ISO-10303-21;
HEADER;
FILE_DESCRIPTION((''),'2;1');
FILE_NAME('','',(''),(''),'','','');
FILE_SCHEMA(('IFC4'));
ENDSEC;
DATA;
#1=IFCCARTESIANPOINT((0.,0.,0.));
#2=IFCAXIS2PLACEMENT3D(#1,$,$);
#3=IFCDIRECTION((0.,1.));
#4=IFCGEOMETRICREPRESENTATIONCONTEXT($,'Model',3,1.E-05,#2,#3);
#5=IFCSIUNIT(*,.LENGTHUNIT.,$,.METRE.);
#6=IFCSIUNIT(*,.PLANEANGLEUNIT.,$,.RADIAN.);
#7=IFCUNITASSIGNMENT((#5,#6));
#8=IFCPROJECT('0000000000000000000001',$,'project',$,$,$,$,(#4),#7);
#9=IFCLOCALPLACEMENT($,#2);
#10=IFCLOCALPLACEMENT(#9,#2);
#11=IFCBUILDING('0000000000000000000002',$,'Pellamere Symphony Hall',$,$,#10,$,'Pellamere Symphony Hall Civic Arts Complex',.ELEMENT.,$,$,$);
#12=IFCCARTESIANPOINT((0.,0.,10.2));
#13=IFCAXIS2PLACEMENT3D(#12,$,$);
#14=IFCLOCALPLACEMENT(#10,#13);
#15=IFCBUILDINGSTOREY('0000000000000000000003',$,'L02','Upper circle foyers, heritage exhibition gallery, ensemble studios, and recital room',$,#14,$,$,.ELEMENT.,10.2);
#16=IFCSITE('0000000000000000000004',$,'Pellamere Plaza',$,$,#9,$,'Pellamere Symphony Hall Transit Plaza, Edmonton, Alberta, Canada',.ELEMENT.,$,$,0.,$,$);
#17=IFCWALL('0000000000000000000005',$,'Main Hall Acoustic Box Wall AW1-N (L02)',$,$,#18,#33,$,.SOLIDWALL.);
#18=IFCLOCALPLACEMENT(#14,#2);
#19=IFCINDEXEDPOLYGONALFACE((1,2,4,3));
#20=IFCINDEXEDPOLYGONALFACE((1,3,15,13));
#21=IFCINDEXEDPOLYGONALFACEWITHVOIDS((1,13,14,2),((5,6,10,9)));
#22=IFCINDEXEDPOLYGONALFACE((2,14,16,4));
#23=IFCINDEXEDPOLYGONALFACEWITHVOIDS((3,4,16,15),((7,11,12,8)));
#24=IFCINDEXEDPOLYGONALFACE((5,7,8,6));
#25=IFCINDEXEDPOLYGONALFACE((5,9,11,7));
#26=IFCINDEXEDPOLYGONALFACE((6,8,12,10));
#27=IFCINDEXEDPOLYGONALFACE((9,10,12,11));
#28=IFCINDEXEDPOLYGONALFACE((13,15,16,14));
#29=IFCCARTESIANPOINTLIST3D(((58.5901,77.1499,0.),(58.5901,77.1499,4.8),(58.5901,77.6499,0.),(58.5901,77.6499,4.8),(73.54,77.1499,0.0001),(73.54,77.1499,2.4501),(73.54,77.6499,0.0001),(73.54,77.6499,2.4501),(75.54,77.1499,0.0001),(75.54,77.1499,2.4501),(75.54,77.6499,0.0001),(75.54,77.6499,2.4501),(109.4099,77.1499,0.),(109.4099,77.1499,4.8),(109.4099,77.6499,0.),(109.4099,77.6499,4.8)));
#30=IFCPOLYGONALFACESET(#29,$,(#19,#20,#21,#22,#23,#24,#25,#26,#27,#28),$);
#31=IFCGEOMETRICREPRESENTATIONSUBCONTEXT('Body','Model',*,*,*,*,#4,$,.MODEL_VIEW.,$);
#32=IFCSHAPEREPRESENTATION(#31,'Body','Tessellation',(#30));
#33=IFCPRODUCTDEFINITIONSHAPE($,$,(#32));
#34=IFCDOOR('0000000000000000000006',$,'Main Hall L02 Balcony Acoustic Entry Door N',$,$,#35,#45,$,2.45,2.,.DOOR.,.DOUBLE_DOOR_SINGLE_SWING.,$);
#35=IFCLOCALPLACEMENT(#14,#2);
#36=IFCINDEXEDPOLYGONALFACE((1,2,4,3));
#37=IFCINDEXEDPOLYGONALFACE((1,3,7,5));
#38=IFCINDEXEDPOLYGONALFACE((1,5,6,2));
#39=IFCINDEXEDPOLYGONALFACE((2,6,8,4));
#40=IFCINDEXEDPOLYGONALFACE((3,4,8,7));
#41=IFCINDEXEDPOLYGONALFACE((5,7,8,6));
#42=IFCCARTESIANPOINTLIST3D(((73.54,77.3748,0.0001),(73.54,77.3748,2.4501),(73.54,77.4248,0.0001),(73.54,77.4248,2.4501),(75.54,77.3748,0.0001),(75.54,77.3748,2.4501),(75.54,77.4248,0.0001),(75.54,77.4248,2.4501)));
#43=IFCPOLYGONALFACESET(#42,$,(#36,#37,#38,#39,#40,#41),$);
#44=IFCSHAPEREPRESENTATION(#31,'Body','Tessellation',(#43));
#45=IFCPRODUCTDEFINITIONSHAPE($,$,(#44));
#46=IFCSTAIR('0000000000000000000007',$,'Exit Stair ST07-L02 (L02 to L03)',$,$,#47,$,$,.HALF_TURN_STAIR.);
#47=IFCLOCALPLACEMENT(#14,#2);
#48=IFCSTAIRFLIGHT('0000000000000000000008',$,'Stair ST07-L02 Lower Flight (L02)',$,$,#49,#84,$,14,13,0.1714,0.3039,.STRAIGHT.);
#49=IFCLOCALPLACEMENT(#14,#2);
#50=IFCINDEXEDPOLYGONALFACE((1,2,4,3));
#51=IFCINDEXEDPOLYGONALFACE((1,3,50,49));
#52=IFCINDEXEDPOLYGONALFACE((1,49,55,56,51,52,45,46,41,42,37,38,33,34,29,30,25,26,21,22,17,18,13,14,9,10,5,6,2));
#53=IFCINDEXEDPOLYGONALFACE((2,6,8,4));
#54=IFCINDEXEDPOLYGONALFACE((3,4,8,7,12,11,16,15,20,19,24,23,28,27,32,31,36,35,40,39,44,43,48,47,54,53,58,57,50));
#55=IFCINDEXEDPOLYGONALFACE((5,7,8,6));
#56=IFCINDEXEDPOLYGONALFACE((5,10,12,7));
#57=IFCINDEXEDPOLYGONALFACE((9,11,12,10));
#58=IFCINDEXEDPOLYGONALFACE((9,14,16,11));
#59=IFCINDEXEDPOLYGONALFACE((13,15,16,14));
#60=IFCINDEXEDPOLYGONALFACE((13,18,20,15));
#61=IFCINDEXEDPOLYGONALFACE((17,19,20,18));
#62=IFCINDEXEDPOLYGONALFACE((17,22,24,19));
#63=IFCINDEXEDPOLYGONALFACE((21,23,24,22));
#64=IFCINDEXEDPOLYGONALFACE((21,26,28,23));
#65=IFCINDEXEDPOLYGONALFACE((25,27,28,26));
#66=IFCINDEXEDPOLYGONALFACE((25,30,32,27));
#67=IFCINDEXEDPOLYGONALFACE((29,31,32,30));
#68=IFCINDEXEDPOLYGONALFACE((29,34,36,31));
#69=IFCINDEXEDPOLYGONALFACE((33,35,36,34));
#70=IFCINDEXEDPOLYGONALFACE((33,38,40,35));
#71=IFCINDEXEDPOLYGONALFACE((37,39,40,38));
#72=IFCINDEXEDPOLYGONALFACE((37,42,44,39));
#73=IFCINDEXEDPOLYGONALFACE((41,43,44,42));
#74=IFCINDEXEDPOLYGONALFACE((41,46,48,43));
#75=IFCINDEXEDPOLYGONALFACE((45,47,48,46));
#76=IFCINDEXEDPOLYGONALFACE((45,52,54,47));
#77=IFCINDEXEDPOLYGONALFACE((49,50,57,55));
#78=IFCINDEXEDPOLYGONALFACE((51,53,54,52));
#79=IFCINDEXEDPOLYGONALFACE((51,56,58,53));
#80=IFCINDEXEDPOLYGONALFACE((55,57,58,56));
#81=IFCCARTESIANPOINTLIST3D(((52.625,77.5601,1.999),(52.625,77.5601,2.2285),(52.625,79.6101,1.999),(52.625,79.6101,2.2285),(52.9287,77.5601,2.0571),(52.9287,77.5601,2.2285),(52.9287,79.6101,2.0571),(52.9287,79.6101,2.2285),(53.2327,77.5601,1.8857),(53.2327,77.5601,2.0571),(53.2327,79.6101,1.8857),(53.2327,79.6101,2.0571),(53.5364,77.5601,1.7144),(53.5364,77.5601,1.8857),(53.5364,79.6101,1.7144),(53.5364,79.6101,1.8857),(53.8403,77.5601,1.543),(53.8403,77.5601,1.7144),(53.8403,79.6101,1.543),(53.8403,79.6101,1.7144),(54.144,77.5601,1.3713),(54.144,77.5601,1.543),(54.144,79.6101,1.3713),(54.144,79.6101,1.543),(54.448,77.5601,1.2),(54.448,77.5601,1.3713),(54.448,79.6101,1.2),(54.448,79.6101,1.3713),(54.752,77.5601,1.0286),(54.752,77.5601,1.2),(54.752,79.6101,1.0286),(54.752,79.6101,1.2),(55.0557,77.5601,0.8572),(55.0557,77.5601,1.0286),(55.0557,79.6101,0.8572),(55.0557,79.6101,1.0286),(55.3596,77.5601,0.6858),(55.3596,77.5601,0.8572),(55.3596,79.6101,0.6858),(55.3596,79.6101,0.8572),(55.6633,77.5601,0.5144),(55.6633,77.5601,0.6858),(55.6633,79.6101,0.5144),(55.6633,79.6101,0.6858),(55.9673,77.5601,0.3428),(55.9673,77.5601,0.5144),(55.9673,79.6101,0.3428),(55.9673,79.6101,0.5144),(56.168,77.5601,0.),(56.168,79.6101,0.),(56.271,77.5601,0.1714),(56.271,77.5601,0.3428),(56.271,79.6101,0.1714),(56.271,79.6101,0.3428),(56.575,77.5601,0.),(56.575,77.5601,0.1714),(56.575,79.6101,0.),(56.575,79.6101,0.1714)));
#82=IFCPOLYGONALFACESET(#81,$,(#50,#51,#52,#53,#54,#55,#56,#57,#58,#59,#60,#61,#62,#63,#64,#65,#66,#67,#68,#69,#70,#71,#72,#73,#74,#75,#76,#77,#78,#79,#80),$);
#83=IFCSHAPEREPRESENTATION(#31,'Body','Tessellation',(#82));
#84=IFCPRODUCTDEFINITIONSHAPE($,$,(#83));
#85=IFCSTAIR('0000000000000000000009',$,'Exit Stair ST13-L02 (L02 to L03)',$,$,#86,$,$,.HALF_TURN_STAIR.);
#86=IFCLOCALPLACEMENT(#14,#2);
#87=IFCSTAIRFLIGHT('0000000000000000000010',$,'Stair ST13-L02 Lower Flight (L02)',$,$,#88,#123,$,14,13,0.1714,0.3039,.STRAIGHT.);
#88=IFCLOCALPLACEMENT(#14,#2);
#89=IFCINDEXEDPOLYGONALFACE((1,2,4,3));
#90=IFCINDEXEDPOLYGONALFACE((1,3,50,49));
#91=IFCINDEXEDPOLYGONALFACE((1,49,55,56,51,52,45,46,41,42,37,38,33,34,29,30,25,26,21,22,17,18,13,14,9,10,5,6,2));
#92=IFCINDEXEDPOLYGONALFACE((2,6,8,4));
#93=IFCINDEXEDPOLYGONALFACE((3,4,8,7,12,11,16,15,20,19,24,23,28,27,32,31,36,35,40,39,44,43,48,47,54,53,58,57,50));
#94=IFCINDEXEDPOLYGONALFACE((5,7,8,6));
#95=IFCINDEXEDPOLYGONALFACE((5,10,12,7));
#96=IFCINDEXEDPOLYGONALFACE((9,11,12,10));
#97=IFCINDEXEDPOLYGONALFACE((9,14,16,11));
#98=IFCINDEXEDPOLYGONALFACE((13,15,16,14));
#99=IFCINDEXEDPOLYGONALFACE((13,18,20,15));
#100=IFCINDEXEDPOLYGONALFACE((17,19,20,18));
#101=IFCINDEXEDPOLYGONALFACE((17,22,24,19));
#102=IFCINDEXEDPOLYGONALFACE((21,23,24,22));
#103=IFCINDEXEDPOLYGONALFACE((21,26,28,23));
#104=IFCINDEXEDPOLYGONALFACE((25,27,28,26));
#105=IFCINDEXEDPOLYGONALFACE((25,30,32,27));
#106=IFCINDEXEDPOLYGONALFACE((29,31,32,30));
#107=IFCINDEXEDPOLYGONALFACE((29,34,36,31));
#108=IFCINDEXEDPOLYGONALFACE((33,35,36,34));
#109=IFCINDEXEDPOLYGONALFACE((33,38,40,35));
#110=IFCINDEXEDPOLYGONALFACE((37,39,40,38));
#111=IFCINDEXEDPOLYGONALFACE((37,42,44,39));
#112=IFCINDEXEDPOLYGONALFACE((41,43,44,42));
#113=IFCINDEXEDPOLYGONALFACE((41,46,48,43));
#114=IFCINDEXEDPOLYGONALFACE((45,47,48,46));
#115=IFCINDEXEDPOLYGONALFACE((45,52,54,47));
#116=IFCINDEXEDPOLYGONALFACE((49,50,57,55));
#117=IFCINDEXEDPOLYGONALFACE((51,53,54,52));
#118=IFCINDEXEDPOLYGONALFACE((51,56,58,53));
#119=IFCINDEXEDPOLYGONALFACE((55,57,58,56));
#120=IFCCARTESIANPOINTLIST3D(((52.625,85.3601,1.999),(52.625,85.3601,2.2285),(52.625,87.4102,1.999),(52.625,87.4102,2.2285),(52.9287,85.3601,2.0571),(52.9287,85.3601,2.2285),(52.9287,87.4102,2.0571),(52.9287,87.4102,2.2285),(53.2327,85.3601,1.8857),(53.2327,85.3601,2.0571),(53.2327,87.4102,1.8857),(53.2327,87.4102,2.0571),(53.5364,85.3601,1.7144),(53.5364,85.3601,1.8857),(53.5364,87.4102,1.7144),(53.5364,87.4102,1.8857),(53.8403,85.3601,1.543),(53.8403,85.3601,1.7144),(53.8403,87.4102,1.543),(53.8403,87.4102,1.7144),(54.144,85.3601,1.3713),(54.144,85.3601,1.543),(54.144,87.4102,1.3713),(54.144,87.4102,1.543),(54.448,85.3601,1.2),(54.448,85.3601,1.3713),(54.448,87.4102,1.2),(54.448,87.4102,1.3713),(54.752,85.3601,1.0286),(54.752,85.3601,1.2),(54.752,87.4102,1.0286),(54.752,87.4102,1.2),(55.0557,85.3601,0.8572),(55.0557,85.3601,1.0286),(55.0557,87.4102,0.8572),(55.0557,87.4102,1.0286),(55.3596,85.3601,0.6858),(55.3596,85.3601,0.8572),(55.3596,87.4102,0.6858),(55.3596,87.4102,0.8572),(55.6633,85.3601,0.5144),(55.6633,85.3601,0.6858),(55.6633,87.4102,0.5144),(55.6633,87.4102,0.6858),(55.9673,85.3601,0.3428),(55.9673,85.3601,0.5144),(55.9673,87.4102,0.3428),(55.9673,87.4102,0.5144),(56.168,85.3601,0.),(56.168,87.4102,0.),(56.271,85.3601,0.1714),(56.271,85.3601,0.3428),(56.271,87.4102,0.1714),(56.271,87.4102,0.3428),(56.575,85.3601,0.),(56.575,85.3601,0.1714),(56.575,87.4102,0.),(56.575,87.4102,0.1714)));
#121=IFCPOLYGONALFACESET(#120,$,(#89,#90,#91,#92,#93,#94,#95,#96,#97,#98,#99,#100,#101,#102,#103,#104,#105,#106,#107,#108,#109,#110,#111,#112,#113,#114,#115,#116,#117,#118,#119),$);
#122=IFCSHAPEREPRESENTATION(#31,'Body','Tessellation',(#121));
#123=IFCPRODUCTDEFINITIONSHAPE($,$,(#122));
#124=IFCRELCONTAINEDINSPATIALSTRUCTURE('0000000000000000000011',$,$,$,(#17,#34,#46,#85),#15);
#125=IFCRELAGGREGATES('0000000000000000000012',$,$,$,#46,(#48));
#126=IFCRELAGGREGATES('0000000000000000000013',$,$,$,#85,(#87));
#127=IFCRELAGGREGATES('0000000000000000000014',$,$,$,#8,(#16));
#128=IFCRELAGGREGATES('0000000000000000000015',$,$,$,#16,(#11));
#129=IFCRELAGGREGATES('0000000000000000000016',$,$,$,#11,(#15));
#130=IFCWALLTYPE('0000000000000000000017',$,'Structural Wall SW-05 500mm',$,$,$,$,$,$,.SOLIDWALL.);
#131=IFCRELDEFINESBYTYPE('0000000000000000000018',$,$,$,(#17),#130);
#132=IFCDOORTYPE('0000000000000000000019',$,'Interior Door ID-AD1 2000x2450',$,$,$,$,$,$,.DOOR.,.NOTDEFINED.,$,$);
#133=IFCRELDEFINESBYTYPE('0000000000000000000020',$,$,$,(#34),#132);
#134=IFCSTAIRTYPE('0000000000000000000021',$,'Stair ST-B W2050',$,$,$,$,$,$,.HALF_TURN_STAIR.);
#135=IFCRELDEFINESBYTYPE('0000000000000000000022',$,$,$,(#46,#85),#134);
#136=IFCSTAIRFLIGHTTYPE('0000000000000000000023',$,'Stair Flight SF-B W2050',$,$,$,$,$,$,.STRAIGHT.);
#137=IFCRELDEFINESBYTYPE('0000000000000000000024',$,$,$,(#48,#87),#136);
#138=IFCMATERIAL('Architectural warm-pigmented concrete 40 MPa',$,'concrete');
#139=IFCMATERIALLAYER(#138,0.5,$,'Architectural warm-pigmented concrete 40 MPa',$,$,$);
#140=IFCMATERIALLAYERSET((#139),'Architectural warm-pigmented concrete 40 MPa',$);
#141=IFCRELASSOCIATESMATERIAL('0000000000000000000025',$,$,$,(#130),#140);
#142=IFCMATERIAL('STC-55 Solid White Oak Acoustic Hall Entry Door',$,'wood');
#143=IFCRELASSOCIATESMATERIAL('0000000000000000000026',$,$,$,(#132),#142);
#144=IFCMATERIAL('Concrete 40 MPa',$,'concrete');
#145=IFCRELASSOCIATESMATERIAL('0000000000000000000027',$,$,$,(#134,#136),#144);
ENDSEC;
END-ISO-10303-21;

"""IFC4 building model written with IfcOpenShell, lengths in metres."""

from ifc_helpers import new_model, si_unit, direction, frame, frame_2d, origin, place, context, subcontext, project, spatial, polyline, rectangle, outline, extrude, material, layer, layer_set, type_object, element, fill, aggregate, save


model = new_model("IFC4")

# Units and contexts
model_context = context("Model", 3, precision=1e-05, world=origin(), true_north=direction((0.0, 1.0)))
body_context = subcontext(model_context, "Body", "Model", "MODEL_VIEW")
ifc_project = project(units=[si_unit("LENGTHUNIT", "METRE"), si_unit("PLANEANGLEUNIT", "RADIAN")], contexts=[model_context])

# Site, building, storey
site_placement = place(None, origin())
site = spatial("IfcSite", under=ifc_project, at=site_placement, Name="Pellamere Plaza", LongName="Pellamere Symphony Hall Transit Plaza, Edmonton, Alberta, Canada", CompositionType="ELEMENT", RefElevation=0.0)
building_placement = place(site_placement, origin())
building = spatial("IfcBuilding", under=site, at=building_placement, Name="Pellamere Symphony Hall", LongName="Pellamere Symphony Hall Civic Arts Complex", CompositionType="ELEMENT")
storey_placement = place(building_placement, frame((0.0, 0.0, 10.2)))
storey = spatial("IfcBuildingStorey", under=building, at=storey_placement, Name="L02", Description="Upper circle foyers, heritage exhibition gallery, ensemble studios, and recital room", CompositionType="ELEMENT", Elevation=10.2)

# Shared definitions
ifc_material_1 = material(Name="Concrete 40 MPa", Category="concrete")

# Wall, opening, door
ifc_material_2 = material(Name="Architectural warm-pigmented concrete 40 MPa", Category="concrete")
ifc_layer_1 = layer(ifc_material_2, 0.5, Name="Architectural warm-pigmented concrete 40 MPa")
ifc_layer_set_1 = layer_set([ifc_layer_1], Name="Architectural warm-pigmented concrete 40 MPa")
wall_type_1 = type_object("IfcWallType", Name="Structural Wall SW-05 500mm", PredefinedType="SOLIDWALL", material=ifc_layer_set_1)
wall_1_placement = place(storey_placement, frame((58.5901, 77.3999, 0.0), z_axis=(0.0, 0.0, 1.0), x_axis=(1.0, 0.0, 0.0)))
wall_1 = element("IfcWall", 1, at=wall_1_placement, inside=storey, type_object=wall_type_1, Name="Main Hall Acoustic Box Wall AW1-N (L02)", PredefinedType="SOLIDWALL", context=body_context, shape_type="SweptSolid", body=[
    extrude(rectangle(XDim=50.8198, YDim=0.5, at=frame_2d((25.4099, 0.0))), origin(), (0.0, 0.0, 1.0), 4.8),
])
opening_1_placement = place(wall_1_placement, frame((14.95, 0.0, 0.0)))
opening_1 = element("IfcOpeningElement", 2, at=opening_1_placement, cuts=wall_1, PredefinedType="OPENING", context=body_context, shape_type="SweptSolid", body=[
    extrude(rectangle(XDim=2.0, YDim=2.45, at=frame_2d((1.0, 1.2251))), frame((0.0, 0.26, 0.0), z_axis=(0.0, -1.0, 0.0), x_axis=(1.0, 0.0, 0.0)), (0.0, 0.0, 1.0), 0.52),
])
ifc_material_3 = material(Name="STC-55 Solid White Oak Acoustic Hall Entry Door", Category="wood")
door_type_1 = type_object("IfcDoorType", Name="Interior Door ID-AD1 2000x2450", OperationType="NOTDEFINED", PredefinedType="DOOR", material=ifc_material_3)
door_1_placement = place(opening_1_placement, origin())
door_1 = element("IfcDoor", 3, at=door_1_placement, inside=storey, type_object=door_type_1, Name="Main Hall L02 Balcony Acoustic Entry Door N", OperationType="DOUBLE_DOOR_SINGLE_SWING", OverallHeight=2.45, OverallWidth=2.0, PredefinedType="DOOR", context=body_context, shape_type="SweptSolid", body=[
    extrude(rectangle(XDim=2.0, YDim=2.45, at=frame_2d((1.0, 1.2251))), frame((0.0, 0.0249, 0.0), z_axis=(0.0, -1.0, 0.0), x_axis=(1.0, 0.0, 0.0)), (0.0, 0.0, 1.0), 0.05),
])
fill(opening_1, door_1)

# Stairs, stair flights
stair_type = type_object("IfcStairType", Name="Stair ST-B W2050", PredefinedType="HALF_TURN_STAIR", material=ifc_material_1)
stair_1_placement = place(storey_placement, origin())
stair_1 = element("IfcStair", 4, at=stair_1_placement, inside=storey, type_object=stair_type, Name="Exit Stair ST07-L02 (L02 to L03)", PredefinedType="HALF_TURN_STAIR")
stair_flight_type = type_object("IfcStairFlightType", Name="Stair Flight SF-B W2050", PredefinedType="STRAIGHT", material=ifc_material_1)
stair_flight_1_placement = place(storey_placement, frame((56.575, 78.585, 0.0), z_axis=(0.0, 0.0, 1.0), x_axis=(-1.0, 0.0, 0.0)))
stair_flight_1 = element("IfcStairFlight", 5, at=stair_flight_1_placement, type_object=stair_flight_type, Name="Stair ST07-L02 Lower Flight (L02)", NumberOfRisers=14, NumberOfTreads=13, PredefinedType="STRAIGHT", RiserHeight=0.1714, TreadLength=0.3039, context=body_context, shape_type="SweptSolid", body=[
    extrude(outline(polyline([(0.0, 0.0), (0.0, 0.1714), (0.304, 0.1714), (0.304, 0.3428), (0.6077, 0.3428), (0.6077, 0.5144), (0.9116, 0.5144), (0.9116, 0.6858), (1.2153, 0.6858), (1.2153, 0.8572), (1.5193, 0.8572), (1.5193, 1.0286), (1.823, 1.0286), (1.823, 1.2), (2.127, 1.2), (2.127, 1.3713), (2.4309, 1.3713), (2.4309, 1.543), (2.7346, 1.543), (2.7346, 1.7144), (3.0386, 1.7144), (3.0386, 1.8857), (3.3423, 1.8857), (3.3423, 2.0571), (3.6462, 2.0571), (3.6462, 2.2285), (3.95, 2.2285), (3.95, 2.3999), (3.95, 1.999), (0.407, 0.0), (0.0, 0.0)])), frame((0.0, 1.0249, 0.0), z_axis=(0.0, -1.0, 0.0), x_axis=(1.0, 0.0, 0.0)), (0.0, 0.0, 1.0), 2.05),
])
aggregate(stair_1, [stair_flight_1])
stair_2_placement = place(storey_placement, origin())
stair_2 = element("IfcStair", 6, at=stair_2_placement, inside=storey, type_object=stair_type, Name="Exit Stair ST13-L02 (L02 to L03)", PredefinedType="HALF_TURN_STAIR")
stair_flight_2_placement = place(storey_placement, frame((56.575, 86.385, 0.0), z_axis=(0.0, 0.0, 1.0), x_axis=(-1.0, 0.0, 0.0)))
stair_flight_2 = element("IfcStairFlight", 7, at=stair_flight_2_placement, type_object=stair_flight_type, Name="Stair ST13-L02 Lower Flight (L02)", NumberOfRisers=14, NumberOfTreads=13, PredefinedType="STRAIGHT", RiserHeight=0.1714, TreadLength=0.3039, context=body_context, shape_type="SweptSolid", body=[
    extrude(outline(polyline([(0.0, 0.0), (0.0, 0.1714), (0.304, 0.1714), (0.304, 0.3428), (0.6077, 0.3428), (0.6077, 0.5144), (0.9116, 0.5144), (0.9116, 0.6858), (1.2153, 0.6858), (1.2153, 0.8572), (1.5193, 0.8572), (1.5193, 1.0286), (1.823, 1.0286), (1.823, 1.2), (2.127, 1.2), (2.127, 1.3713), (2.4309, 1.3713), (2.4309, 1.543), (2.7346, 1.543), (2.7346, 1.7144), (3.0386, 1.7144), (3.0386, 1.8857), (3.3423, 1.8857), (3.3423, 2.0571), (3.6462, 2.0571), (3.6462, 2.2285), (3.95, 2.2285), (3.95, 2.3999), (3.95, 1.999), (0.407, 0.0), (0.0, 0.0)])), frame((0.0, 1.0249, 0.0), z_axis=(0.0, -1.0, 0.0), x_axis=(1.0, 0.0, 0.0)), (0.0, 0.0, 1.0), 2.05),
])
aggregate(stair_2, [stair_flight_2])

save(model, "model.ifc")
